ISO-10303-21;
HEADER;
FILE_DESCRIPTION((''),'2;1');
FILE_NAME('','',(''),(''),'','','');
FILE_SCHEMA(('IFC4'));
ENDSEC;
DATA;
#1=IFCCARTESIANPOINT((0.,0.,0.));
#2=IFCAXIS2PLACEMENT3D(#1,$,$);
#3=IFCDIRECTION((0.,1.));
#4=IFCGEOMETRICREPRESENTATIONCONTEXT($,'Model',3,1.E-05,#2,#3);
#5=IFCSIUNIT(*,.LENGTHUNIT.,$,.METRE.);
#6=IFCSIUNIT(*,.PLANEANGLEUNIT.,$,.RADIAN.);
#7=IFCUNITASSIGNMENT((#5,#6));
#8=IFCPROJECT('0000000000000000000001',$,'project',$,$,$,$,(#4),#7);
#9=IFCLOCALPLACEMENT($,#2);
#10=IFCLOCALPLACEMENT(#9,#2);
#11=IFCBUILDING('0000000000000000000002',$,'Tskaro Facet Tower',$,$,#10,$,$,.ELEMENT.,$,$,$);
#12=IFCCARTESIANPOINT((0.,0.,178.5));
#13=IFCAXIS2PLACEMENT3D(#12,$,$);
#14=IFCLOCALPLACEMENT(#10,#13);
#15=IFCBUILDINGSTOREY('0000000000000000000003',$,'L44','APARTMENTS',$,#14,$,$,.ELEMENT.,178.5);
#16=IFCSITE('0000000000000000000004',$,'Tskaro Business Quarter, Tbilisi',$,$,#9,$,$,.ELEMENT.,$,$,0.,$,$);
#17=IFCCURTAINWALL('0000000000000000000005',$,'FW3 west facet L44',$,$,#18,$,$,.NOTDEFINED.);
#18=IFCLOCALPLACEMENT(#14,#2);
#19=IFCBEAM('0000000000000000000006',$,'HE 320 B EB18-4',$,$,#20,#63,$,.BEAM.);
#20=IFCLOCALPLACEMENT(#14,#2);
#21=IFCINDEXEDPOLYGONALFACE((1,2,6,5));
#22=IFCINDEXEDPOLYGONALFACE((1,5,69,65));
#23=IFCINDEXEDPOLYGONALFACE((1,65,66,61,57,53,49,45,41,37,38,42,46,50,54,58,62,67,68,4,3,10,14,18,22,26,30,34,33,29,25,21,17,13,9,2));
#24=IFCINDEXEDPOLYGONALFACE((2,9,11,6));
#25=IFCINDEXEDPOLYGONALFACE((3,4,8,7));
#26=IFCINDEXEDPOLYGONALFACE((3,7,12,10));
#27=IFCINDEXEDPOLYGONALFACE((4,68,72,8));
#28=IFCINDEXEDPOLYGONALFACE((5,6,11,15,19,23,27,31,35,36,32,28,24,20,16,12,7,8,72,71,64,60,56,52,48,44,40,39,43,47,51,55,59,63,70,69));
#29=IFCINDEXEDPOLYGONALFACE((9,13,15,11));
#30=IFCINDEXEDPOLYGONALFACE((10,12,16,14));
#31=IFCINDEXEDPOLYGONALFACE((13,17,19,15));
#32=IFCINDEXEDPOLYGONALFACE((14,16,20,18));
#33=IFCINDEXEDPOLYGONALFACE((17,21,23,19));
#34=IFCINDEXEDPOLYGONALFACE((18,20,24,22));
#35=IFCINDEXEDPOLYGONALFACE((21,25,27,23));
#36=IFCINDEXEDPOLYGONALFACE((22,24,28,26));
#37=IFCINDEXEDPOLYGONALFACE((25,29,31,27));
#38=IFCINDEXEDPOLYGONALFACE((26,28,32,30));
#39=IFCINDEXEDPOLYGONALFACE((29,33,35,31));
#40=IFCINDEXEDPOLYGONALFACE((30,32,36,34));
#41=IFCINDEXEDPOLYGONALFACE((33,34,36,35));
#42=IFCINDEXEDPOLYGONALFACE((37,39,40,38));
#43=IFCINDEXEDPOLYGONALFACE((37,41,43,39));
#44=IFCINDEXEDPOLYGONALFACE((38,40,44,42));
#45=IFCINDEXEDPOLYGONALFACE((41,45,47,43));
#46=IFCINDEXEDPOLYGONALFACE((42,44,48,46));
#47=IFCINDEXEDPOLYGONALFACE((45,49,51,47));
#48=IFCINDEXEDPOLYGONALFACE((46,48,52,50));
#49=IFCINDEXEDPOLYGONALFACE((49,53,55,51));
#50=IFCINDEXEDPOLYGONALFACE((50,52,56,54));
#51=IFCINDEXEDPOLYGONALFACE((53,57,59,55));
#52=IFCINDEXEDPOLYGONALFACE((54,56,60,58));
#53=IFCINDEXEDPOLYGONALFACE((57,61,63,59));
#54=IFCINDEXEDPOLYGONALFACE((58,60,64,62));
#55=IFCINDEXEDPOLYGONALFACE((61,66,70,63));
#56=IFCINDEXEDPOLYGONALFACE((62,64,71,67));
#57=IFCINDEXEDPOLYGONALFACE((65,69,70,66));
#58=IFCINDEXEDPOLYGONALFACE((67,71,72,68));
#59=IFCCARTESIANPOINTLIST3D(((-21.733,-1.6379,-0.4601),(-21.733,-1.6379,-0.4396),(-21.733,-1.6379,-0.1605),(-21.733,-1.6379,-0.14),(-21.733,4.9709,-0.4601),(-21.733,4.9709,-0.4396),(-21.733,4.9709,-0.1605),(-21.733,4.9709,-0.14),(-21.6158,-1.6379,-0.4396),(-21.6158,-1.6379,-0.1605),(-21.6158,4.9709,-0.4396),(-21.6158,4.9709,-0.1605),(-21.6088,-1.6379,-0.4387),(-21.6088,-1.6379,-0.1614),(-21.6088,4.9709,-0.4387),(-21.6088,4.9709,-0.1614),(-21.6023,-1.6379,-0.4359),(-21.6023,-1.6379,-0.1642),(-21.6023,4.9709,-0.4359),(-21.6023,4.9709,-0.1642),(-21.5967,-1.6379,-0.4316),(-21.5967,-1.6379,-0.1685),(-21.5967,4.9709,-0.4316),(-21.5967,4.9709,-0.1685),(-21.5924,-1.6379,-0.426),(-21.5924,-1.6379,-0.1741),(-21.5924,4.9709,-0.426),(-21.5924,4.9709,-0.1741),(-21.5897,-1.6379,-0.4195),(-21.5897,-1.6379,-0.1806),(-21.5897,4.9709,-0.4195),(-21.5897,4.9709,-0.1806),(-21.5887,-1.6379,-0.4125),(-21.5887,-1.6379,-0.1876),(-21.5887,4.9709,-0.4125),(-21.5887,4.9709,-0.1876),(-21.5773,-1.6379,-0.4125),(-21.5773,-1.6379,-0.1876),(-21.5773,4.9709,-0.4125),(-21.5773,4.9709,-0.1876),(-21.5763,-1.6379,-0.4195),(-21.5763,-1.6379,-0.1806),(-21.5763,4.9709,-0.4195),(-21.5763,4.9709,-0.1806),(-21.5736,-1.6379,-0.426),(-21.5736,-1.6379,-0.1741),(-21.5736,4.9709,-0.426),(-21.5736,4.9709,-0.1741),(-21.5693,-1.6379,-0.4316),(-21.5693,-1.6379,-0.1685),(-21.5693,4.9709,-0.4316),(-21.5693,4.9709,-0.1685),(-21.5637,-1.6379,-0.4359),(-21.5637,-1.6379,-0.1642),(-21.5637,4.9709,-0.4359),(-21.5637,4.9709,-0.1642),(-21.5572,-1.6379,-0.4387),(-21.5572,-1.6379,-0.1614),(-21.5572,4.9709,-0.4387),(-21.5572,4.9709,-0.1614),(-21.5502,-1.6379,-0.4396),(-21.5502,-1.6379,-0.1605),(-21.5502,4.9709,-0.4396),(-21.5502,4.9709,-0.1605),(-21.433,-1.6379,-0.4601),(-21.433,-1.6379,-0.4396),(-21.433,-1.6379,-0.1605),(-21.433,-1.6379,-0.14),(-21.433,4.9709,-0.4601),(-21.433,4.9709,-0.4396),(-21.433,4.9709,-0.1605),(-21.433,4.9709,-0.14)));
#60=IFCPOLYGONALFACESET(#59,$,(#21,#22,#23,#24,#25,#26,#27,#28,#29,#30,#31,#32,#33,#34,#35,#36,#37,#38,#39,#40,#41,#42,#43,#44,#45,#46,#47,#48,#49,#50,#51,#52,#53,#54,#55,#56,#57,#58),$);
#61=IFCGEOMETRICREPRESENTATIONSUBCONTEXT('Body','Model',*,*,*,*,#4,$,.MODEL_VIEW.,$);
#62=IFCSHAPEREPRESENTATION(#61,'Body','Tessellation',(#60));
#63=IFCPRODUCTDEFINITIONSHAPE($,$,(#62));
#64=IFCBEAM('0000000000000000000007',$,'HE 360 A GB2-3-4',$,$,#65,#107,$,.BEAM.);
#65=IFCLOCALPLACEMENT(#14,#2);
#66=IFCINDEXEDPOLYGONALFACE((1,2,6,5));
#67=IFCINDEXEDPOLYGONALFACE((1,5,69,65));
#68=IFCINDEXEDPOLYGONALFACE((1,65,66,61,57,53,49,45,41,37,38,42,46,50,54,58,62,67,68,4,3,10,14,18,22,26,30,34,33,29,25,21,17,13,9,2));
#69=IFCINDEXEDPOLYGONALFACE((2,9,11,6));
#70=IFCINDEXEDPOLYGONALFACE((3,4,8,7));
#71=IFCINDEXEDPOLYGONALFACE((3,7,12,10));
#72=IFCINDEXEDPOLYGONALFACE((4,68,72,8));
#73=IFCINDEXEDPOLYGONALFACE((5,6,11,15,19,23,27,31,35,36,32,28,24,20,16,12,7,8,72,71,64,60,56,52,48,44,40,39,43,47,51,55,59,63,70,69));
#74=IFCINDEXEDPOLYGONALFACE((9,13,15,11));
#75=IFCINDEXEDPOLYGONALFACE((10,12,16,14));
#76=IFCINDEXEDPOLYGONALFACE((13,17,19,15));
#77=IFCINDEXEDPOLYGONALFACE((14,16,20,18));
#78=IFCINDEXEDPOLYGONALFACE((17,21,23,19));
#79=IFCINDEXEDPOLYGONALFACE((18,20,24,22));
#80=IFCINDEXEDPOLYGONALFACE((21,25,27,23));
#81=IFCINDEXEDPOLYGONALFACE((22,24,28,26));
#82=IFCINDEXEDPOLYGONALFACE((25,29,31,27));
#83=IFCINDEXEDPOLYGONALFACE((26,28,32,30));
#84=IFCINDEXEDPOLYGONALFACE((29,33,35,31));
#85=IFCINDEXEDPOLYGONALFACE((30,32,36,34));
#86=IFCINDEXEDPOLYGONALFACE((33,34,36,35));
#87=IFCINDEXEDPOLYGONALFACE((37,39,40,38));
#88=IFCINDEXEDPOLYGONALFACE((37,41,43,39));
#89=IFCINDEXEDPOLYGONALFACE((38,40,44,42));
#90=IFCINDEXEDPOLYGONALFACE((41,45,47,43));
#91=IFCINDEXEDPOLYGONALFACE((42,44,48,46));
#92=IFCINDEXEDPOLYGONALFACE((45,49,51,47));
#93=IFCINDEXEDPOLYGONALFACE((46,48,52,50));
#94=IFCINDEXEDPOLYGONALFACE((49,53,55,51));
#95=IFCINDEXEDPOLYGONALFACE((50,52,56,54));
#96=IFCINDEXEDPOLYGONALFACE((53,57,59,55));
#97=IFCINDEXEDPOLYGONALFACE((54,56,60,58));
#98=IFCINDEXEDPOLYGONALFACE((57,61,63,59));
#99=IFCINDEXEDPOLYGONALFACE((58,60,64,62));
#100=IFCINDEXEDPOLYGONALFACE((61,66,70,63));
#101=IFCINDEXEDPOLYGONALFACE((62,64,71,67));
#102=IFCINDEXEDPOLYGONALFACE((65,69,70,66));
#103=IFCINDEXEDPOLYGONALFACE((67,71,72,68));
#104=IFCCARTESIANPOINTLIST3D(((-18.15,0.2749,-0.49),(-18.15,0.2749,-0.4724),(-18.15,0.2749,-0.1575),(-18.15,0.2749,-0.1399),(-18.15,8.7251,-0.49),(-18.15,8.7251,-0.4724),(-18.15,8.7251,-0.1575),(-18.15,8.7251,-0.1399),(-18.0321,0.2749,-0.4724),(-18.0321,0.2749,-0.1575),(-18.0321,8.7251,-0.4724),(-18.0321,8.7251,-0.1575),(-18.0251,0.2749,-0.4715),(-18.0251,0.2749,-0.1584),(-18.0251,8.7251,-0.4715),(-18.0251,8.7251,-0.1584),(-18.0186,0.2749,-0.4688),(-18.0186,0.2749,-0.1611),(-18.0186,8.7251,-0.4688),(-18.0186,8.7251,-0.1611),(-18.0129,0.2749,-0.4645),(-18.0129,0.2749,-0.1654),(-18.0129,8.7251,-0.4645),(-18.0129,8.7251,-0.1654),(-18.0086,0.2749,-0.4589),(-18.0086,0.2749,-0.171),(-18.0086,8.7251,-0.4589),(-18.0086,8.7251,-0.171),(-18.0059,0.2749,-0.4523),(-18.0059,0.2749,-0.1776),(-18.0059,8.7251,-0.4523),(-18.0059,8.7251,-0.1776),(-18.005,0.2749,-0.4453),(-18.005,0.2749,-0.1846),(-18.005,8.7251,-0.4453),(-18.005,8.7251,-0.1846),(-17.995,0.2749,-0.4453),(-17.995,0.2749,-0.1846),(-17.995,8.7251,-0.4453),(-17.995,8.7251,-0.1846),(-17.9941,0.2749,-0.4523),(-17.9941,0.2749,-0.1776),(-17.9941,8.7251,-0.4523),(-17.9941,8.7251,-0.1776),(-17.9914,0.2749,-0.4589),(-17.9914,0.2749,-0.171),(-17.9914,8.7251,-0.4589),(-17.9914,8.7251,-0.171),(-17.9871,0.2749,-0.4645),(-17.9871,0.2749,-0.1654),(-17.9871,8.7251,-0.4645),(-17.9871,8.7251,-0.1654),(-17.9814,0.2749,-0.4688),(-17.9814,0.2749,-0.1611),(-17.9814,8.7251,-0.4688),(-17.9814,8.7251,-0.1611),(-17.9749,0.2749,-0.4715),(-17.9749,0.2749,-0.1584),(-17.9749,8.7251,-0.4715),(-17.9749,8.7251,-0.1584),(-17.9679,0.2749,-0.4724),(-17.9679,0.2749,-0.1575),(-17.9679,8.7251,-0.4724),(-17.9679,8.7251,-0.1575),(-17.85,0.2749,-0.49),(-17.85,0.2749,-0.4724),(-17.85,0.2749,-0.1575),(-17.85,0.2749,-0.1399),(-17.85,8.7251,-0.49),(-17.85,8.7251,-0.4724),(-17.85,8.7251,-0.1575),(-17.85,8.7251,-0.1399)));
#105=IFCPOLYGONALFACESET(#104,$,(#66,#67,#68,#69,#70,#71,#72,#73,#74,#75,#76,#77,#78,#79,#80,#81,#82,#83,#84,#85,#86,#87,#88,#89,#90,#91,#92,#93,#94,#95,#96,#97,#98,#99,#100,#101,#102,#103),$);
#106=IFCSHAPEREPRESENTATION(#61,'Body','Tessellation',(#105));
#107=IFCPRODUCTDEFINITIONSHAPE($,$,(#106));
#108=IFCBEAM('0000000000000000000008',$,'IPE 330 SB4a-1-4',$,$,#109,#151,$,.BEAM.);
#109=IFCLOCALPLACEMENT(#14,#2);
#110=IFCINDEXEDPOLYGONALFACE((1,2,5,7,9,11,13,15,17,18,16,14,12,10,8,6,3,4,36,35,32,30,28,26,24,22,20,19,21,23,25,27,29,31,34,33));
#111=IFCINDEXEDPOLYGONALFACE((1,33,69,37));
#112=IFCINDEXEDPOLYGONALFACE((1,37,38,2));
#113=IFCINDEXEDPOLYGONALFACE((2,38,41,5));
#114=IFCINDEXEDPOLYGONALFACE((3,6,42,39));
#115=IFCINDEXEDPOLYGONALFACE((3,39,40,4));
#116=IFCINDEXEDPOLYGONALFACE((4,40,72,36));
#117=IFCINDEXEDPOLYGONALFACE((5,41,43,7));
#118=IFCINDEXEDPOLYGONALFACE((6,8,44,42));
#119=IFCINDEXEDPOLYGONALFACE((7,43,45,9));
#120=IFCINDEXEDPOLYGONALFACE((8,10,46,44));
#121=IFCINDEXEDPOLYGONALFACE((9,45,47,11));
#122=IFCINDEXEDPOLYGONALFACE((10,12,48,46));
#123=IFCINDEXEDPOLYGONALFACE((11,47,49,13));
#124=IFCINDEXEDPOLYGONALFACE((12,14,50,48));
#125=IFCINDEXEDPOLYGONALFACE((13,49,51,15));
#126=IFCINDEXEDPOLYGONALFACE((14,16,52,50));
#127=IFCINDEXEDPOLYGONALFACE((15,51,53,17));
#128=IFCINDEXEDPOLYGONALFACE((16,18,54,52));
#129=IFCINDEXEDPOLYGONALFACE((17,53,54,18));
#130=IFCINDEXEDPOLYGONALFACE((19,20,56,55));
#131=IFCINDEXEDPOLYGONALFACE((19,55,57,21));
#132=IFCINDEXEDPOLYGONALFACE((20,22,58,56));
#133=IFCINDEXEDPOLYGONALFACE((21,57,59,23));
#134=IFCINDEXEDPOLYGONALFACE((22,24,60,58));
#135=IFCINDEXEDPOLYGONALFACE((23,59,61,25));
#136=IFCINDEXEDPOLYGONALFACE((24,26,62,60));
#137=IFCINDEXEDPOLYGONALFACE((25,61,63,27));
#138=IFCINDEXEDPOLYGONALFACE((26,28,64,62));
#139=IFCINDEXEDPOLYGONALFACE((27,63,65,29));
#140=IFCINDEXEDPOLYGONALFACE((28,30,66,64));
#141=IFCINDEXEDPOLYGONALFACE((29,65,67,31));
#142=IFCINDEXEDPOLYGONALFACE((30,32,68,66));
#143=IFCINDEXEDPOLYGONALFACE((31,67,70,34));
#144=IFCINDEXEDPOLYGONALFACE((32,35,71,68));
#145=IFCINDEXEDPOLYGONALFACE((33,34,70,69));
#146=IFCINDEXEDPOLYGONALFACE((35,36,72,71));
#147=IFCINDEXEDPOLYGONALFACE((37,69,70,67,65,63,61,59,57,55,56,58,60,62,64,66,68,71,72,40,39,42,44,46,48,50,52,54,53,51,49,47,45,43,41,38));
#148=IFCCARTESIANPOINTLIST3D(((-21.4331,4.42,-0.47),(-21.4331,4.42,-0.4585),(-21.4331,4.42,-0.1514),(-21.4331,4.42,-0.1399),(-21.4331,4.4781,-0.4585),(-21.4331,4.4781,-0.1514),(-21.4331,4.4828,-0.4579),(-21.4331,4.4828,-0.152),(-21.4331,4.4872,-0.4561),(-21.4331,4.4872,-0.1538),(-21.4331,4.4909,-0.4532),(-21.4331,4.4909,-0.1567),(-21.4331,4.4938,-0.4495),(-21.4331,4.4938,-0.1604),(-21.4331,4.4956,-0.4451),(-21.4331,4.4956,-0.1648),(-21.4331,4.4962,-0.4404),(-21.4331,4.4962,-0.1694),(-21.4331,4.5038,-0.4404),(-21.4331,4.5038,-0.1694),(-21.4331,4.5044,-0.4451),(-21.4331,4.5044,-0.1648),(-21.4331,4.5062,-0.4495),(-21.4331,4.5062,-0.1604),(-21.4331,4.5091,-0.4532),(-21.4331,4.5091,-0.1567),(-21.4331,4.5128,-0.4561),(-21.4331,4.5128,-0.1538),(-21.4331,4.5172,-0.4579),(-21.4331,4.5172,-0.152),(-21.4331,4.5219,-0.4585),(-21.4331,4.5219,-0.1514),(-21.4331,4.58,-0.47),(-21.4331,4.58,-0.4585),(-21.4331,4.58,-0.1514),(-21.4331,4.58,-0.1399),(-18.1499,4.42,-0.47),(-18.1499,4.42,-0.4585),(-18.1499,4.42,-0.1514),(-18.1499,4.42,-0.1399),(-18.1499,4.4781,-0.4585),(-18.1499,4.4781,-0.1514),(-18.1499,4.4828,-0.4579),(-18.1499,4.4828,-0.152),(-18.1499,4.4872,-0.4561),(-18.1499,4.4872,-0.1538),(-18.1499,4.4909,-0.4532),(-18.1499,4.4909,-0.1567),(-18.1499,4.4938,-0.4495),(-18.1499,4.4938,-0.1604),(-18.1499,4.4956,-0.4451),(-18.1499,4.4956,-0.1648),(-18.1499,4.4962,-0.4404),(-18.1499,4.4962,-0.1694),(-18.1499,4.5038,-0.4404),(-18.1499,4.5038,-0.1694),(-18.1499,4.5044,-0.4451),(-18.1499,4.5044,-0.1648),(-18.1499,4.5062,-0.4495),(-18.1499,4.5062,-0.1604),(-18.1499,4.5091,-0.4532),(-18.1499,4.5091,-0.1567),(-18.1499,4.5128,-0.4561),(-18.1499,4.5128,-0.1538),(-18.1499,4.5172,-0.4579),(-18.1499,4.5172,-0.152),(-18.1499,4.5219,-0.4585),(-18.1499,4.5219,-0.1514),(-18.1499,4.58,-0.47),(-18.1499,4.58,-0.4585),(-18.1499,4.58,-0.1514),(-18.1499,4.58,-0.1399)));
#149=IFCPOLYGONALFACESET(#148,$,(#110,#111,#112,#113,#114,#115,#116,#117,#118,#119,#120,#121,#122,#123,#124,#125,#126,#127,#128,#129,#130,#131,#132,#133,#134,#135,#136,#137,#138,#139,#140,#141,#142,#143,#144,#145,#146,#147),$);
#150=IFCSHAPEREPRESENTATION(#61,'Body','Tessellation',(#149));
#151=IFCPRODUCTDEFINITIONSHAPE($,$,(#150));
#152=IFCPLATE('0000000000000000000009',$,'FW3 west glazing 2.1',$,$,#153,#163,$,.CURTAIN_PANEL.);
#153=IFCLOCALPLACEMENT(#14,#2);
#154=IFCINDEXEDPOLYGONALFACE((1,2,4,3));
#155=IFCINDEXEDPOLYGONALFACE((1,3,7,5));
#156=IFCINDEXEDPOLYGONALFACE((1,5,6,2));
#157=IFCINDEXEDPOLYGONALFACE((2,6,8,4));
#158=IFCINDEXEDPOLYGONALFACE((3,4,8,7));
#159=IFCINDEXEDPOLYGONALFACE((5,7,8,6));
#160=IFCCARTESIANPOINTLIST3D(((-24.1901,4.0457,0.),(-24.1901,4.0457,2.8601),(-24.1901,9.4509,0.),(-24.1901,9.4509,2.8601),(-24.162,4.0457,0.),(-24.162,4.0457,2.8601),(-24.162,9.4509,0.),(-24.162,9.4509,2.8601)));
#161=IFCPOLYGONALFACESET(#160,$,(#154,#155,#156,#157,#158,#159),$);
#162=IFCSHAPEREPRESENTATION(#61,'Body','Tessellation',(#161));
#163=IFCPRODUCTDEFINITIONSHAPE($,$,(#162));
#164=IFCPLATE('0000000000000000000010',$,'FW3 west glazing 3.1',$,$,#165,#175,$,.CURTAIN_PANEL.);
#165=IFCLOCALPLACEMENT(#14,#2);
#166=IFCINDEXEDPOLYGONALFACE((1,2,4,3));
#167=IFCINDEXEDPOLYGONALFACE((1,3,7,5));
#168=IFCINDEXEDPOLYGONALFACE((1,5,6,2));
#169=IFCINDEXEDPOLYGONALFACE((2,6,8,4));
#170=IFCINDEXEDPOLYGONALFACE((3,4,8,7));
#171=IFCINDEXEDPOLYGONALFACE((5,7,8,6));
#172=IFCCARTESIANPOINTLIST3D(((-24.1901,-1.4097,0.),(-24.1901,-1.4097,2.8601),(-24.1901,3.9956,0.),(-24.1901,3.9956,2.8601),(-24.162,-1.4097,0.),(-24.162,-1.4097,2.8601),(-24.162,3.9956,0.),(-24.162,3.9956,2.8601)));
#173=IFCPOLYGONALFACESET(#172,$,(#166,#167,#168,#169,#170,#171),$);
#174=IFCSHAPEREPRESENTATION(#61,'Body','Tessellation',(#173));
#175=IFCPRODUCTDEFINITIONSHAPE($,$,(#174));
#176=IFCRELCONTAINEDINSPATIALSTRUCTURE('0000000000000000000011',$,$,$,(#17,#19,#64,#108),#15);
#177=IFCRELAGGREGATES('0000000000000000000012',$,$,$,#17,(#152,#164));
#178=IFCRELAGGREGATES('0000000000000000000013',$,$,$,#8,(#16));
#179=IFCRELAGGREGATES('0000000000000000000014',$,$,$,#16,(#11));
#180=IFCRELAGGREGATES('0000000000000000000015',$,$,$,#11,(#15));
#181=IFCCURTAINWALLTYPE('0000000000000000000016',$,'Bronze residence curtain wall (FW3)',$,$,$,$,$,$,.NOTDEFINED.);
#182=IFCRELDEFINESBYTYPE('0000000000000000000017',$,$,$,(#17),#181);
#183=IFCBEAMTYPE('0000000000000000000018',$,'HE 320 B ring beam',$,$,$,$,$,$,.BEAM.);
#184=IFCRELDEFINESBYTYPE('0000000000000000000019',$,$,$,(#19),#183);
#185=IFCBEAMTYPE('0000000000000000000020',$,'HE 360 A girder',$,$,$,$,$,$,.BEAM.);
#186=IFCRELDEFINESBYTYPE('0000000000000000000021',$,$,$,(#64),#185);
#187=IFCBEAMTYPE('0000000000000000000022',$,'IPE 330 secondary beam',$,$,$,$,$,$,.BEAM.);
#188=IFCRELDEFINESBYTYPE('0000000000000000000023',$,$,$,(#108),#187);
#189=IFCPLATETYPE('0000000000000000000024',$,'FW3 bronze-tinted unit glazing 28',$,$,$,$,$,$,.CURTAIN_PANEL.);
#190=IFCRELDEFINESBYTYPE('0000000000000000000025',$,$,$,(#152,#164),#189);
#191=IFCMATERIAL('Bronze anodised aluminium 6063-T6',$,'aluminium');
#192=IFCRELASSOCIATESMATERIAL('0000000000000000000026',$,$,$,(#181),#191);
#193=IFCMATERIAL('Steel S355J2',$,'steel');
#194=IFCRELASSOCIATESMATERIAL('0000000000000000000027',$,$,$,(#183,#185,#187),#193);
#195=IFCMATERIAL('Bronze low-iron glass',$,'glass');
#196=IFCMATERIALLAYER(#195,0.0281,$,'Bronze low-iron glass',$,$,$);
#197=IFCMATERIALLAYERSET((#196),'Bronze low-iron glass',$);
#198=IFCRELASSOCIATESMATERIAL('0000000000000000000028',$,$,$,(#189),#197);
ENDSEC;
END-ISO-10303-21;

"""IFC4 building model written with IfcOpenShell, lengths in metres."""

from ifc_helpers import new_model, si_unit, direction, frame, origin, origin_2d, place, context, subcontext, project, spatial, rectangle, i_section, extrude, material, layer, layer_set, material_profile, profile_set, type_object, element, aggregate, save


model = new_model("IFC4")

# Units and contexts
model_context = context("Model", 3, precision=1e-05, world=origin(), true_north=direction((0.0, 1.0)))
body_context = subcontext(model_context, "Body", "Model", "MODEL_VIEW")
ifc_project = project(units=[si_unit("LENGTHUNIT", "METRE"), si_unit("PLANEANGLEUNIT", "RADIAN")], contexts=[model_context])

# Site, building, storey
site_placement = place(None, origin())
site = spatial("IfcSite", under=ifc_project, at=site_placement, Name="Tskaro Business Quarter, Tbilisi", CompositionType="ELEMENT", RefElevation=0.0)
building_placement = place(site_placement, origin())
building = spatial("IfcBuilding", under=site, at=building_placement, Name="Tskaro Facet Tower", CompositionType="ELEMENT")
storey_placement = place(building_placement, frame((0.0, 0.0, 178.5)))
storey = spatial("IfcBuildingStorey", under=building, at=storey_placement, Name="L44", Description="APARTMENTS", CompositionType="ELEMENT", Elevation=178.5)

# Curtain wall
ifc_material_1 = material(Name="Bronze anodised aluminium 6063-T6", Category="aluminium")
curtain_wall_type = type_object("IfcCurtainWallType", Name="Bronze residence curtain wall (FW3)", PredefinedType="NOTDEFINED", material=ifc_material_1)
curtain_wall_placement = place(storey_placement, origin())
curtain_wall = element("IfcCurtainWall", 1, at=curtain_wall_placement, inside=storey, type_object=curtain_wall_type, Name="FW3 west facet L44", PredefinedType="NOTDEFINED")

# Beams
ifc_material_2 = material(Name="Steel S355J2", Category="steel")
ifc_material_profile_1 = material_profile(ifc_material_2, i_section(OverallWidth=0.3, OverallDepth=0.3201, WebThickness=0.0115, FlangeThickness=0.0205, FilletRadius=0.0271, at=origin_2d()), Name="HE 320 B")
ifc_profile_set_1 = profile_set([ifc_material_profile_1], Name="Steel S355J2")
beam_type_1 = type_object("IfcBeamType", Name="HE 320 B ring beam", PredefinedType="BEAM", material=ifc_profile_set_1)
beam_1_placement = place(storey_placement, frame((-21.583, 4.9709, -0.3), z_axis=(0.0, -1.0, 0.0), x_axis=(1.0, 0.0, 0.0)))
element("IfcBeam", 2, at=beam_1_placement, inside=storey, type_object=beam_type_1, Name="HE 320 B EB18-4", PredefinedType="BEAM", context=body_context, shape_type="SweptSolid", body=[
    extrude(i_section(OverallWidth=0.3, OverallDepth=0.3201, WebThickness=0.0115, FlangeThickness=0.0205, FilletRadius=0.0271, at=origin_2d()), origin(), (0.0, 0.0, 1.0), 6.6089),
])
ifc_material_profile_2 = material_profile(ifc_material_2, i_section(OverallWidth=0.3, OverallDepth=0.3501, WebThickness=0.01, FlangeThickness=0.0176, FilletRadius=0.0271, at=origin_2d()), Name="HE 360 A")
ifc_profile_set_2 = profile_set([ifc_material_profile_2], Name="Steel S355J2")
beam_type_2 = type_object("IfcBeamType", Name="HE 360 A girder", PredefinedType="BEAM", material=ifc_profile_set_2)
beam_2_placement = place(storey_placement, frame((-18.0, 0.2749, -0.3149), z_axis=(0.0, 1.0, 0.0), x_axis=(-1.0, 0.0, 0.0)))
element("IfcBeam", 3, at=beam_2_placement, inside=storey, type_object=beam_type_2, Name="HE 360 A GB2-3-4", PredefinedType="BEAM", context=body_context, shape_type="SweptSolid", body=[
    extrude(i_section(OverallWidth=0.3, OverallDepth=0.3501, WebThickness=0.01, FlangeThickness=0.0176, FilletRadius=0.0271, at=origin_2d()), origin(), (0.0, 0.0, 1.0), 8.4502),
])
ifc_material_profile_3 = material_profile(ifc_material_2, i_section(OverallWidth=0.1599, OverallDepth=0.3301, WebThickness=0.0076, FlangeThickness=0.0115, FilletRadius=0.0181, at=origin_2d()), Name="IPE 330")
ifc_profile_set_3 = profile_set([ifc_material_profile_3], Name="Steel S355J2")
beam_type_3 = type_object("IfcBeamType", Name="IPE 330 secondary beam", PredefinedType="BEAM", material=ifc_profile_set_3)
beam_3_placement = place(storey_placement, frame((-21.4331, 4.5, -0.3049), z_axis=(1.0, 0.0, 0.0), x_axis=(0.0, 1.0, 0.0)))
element("IfcBeam", 4, at=beam_3_placement, inside=storey, type_object=beam_type_3, Name="IPE 330 SB4a-1-4", PredefinedType="BEAM", context=body_context, shape_type="SweptSolid", body=[
    extrude(i_section(OverallWidth=0.1599, OverallDepth=0.3301, WebThickness=0.0076, FlangeThickness=0.0115, FilletRadius=0.0181, at=origin_2d()), origin(), (0.0, 0.0, 1.0), 3.2832),
])

# Plates
ifc_material_3 = material(Name="Bronze low-iron glass", Category="glass")
ifc_layer_1 = layer(ifc_material_3, 0.0281, Name="Bronze low-iron glass")
ifc_layer_set_1 = layer_set([ifc_layer_1], Name="Bronze low-iron glass")
plate_type = type_object("IfcPlateType", Name="FW3 bronze-tinted unit glazing 28", PredefinedType="CURTAIN_PANEL", material=ifc_layer_set_1)
plate_1_placement = place(storey_placement, frame((-24.176, 6.7483, 0.0), z_axis=(0.0, 0.0, 1.0), x_axis=(0.0, -1.0, 0.0)))
plate_1 = element("IfcPlate", 5, at=plate_1_placement, type_object=plate_type, Name="FW3 west glazing 2.1", PredefinedType="CURTAIN_PANEL", context=body_context, shape_type="SweptSolid", body=[
    extrude(rectangle(XDim=5.4053, YDim=0.0281, at=origin_2d()), origin(), (0.0, 0.0, 1.0), 2.8601),
])
plate_2_placement = place(storey_placement, frame((-24.176, 1.293, 0.0), z_axis=(0.0, 0.0, 1.0), x_axis=(0.0, -1.0, 0.0)))
plate_2 = element("IfcPlate", 6, at=plate_2_placement, type_object=plate_type, Name="FW3 west glazing 3.1", PredefinedType="CURTAIN_PANEL", context=body_context, shape_type="SweptSolid", body=[
    extrude(rectangle(XDim=5.4053, YDim=0.0281, at=origin_2d()), origin(), (0.0, 0.0, 1.0), 2.8601),
])
aggregate(curtain_wall, [plate_1, plate_2])

save(model, "model.ifc")
